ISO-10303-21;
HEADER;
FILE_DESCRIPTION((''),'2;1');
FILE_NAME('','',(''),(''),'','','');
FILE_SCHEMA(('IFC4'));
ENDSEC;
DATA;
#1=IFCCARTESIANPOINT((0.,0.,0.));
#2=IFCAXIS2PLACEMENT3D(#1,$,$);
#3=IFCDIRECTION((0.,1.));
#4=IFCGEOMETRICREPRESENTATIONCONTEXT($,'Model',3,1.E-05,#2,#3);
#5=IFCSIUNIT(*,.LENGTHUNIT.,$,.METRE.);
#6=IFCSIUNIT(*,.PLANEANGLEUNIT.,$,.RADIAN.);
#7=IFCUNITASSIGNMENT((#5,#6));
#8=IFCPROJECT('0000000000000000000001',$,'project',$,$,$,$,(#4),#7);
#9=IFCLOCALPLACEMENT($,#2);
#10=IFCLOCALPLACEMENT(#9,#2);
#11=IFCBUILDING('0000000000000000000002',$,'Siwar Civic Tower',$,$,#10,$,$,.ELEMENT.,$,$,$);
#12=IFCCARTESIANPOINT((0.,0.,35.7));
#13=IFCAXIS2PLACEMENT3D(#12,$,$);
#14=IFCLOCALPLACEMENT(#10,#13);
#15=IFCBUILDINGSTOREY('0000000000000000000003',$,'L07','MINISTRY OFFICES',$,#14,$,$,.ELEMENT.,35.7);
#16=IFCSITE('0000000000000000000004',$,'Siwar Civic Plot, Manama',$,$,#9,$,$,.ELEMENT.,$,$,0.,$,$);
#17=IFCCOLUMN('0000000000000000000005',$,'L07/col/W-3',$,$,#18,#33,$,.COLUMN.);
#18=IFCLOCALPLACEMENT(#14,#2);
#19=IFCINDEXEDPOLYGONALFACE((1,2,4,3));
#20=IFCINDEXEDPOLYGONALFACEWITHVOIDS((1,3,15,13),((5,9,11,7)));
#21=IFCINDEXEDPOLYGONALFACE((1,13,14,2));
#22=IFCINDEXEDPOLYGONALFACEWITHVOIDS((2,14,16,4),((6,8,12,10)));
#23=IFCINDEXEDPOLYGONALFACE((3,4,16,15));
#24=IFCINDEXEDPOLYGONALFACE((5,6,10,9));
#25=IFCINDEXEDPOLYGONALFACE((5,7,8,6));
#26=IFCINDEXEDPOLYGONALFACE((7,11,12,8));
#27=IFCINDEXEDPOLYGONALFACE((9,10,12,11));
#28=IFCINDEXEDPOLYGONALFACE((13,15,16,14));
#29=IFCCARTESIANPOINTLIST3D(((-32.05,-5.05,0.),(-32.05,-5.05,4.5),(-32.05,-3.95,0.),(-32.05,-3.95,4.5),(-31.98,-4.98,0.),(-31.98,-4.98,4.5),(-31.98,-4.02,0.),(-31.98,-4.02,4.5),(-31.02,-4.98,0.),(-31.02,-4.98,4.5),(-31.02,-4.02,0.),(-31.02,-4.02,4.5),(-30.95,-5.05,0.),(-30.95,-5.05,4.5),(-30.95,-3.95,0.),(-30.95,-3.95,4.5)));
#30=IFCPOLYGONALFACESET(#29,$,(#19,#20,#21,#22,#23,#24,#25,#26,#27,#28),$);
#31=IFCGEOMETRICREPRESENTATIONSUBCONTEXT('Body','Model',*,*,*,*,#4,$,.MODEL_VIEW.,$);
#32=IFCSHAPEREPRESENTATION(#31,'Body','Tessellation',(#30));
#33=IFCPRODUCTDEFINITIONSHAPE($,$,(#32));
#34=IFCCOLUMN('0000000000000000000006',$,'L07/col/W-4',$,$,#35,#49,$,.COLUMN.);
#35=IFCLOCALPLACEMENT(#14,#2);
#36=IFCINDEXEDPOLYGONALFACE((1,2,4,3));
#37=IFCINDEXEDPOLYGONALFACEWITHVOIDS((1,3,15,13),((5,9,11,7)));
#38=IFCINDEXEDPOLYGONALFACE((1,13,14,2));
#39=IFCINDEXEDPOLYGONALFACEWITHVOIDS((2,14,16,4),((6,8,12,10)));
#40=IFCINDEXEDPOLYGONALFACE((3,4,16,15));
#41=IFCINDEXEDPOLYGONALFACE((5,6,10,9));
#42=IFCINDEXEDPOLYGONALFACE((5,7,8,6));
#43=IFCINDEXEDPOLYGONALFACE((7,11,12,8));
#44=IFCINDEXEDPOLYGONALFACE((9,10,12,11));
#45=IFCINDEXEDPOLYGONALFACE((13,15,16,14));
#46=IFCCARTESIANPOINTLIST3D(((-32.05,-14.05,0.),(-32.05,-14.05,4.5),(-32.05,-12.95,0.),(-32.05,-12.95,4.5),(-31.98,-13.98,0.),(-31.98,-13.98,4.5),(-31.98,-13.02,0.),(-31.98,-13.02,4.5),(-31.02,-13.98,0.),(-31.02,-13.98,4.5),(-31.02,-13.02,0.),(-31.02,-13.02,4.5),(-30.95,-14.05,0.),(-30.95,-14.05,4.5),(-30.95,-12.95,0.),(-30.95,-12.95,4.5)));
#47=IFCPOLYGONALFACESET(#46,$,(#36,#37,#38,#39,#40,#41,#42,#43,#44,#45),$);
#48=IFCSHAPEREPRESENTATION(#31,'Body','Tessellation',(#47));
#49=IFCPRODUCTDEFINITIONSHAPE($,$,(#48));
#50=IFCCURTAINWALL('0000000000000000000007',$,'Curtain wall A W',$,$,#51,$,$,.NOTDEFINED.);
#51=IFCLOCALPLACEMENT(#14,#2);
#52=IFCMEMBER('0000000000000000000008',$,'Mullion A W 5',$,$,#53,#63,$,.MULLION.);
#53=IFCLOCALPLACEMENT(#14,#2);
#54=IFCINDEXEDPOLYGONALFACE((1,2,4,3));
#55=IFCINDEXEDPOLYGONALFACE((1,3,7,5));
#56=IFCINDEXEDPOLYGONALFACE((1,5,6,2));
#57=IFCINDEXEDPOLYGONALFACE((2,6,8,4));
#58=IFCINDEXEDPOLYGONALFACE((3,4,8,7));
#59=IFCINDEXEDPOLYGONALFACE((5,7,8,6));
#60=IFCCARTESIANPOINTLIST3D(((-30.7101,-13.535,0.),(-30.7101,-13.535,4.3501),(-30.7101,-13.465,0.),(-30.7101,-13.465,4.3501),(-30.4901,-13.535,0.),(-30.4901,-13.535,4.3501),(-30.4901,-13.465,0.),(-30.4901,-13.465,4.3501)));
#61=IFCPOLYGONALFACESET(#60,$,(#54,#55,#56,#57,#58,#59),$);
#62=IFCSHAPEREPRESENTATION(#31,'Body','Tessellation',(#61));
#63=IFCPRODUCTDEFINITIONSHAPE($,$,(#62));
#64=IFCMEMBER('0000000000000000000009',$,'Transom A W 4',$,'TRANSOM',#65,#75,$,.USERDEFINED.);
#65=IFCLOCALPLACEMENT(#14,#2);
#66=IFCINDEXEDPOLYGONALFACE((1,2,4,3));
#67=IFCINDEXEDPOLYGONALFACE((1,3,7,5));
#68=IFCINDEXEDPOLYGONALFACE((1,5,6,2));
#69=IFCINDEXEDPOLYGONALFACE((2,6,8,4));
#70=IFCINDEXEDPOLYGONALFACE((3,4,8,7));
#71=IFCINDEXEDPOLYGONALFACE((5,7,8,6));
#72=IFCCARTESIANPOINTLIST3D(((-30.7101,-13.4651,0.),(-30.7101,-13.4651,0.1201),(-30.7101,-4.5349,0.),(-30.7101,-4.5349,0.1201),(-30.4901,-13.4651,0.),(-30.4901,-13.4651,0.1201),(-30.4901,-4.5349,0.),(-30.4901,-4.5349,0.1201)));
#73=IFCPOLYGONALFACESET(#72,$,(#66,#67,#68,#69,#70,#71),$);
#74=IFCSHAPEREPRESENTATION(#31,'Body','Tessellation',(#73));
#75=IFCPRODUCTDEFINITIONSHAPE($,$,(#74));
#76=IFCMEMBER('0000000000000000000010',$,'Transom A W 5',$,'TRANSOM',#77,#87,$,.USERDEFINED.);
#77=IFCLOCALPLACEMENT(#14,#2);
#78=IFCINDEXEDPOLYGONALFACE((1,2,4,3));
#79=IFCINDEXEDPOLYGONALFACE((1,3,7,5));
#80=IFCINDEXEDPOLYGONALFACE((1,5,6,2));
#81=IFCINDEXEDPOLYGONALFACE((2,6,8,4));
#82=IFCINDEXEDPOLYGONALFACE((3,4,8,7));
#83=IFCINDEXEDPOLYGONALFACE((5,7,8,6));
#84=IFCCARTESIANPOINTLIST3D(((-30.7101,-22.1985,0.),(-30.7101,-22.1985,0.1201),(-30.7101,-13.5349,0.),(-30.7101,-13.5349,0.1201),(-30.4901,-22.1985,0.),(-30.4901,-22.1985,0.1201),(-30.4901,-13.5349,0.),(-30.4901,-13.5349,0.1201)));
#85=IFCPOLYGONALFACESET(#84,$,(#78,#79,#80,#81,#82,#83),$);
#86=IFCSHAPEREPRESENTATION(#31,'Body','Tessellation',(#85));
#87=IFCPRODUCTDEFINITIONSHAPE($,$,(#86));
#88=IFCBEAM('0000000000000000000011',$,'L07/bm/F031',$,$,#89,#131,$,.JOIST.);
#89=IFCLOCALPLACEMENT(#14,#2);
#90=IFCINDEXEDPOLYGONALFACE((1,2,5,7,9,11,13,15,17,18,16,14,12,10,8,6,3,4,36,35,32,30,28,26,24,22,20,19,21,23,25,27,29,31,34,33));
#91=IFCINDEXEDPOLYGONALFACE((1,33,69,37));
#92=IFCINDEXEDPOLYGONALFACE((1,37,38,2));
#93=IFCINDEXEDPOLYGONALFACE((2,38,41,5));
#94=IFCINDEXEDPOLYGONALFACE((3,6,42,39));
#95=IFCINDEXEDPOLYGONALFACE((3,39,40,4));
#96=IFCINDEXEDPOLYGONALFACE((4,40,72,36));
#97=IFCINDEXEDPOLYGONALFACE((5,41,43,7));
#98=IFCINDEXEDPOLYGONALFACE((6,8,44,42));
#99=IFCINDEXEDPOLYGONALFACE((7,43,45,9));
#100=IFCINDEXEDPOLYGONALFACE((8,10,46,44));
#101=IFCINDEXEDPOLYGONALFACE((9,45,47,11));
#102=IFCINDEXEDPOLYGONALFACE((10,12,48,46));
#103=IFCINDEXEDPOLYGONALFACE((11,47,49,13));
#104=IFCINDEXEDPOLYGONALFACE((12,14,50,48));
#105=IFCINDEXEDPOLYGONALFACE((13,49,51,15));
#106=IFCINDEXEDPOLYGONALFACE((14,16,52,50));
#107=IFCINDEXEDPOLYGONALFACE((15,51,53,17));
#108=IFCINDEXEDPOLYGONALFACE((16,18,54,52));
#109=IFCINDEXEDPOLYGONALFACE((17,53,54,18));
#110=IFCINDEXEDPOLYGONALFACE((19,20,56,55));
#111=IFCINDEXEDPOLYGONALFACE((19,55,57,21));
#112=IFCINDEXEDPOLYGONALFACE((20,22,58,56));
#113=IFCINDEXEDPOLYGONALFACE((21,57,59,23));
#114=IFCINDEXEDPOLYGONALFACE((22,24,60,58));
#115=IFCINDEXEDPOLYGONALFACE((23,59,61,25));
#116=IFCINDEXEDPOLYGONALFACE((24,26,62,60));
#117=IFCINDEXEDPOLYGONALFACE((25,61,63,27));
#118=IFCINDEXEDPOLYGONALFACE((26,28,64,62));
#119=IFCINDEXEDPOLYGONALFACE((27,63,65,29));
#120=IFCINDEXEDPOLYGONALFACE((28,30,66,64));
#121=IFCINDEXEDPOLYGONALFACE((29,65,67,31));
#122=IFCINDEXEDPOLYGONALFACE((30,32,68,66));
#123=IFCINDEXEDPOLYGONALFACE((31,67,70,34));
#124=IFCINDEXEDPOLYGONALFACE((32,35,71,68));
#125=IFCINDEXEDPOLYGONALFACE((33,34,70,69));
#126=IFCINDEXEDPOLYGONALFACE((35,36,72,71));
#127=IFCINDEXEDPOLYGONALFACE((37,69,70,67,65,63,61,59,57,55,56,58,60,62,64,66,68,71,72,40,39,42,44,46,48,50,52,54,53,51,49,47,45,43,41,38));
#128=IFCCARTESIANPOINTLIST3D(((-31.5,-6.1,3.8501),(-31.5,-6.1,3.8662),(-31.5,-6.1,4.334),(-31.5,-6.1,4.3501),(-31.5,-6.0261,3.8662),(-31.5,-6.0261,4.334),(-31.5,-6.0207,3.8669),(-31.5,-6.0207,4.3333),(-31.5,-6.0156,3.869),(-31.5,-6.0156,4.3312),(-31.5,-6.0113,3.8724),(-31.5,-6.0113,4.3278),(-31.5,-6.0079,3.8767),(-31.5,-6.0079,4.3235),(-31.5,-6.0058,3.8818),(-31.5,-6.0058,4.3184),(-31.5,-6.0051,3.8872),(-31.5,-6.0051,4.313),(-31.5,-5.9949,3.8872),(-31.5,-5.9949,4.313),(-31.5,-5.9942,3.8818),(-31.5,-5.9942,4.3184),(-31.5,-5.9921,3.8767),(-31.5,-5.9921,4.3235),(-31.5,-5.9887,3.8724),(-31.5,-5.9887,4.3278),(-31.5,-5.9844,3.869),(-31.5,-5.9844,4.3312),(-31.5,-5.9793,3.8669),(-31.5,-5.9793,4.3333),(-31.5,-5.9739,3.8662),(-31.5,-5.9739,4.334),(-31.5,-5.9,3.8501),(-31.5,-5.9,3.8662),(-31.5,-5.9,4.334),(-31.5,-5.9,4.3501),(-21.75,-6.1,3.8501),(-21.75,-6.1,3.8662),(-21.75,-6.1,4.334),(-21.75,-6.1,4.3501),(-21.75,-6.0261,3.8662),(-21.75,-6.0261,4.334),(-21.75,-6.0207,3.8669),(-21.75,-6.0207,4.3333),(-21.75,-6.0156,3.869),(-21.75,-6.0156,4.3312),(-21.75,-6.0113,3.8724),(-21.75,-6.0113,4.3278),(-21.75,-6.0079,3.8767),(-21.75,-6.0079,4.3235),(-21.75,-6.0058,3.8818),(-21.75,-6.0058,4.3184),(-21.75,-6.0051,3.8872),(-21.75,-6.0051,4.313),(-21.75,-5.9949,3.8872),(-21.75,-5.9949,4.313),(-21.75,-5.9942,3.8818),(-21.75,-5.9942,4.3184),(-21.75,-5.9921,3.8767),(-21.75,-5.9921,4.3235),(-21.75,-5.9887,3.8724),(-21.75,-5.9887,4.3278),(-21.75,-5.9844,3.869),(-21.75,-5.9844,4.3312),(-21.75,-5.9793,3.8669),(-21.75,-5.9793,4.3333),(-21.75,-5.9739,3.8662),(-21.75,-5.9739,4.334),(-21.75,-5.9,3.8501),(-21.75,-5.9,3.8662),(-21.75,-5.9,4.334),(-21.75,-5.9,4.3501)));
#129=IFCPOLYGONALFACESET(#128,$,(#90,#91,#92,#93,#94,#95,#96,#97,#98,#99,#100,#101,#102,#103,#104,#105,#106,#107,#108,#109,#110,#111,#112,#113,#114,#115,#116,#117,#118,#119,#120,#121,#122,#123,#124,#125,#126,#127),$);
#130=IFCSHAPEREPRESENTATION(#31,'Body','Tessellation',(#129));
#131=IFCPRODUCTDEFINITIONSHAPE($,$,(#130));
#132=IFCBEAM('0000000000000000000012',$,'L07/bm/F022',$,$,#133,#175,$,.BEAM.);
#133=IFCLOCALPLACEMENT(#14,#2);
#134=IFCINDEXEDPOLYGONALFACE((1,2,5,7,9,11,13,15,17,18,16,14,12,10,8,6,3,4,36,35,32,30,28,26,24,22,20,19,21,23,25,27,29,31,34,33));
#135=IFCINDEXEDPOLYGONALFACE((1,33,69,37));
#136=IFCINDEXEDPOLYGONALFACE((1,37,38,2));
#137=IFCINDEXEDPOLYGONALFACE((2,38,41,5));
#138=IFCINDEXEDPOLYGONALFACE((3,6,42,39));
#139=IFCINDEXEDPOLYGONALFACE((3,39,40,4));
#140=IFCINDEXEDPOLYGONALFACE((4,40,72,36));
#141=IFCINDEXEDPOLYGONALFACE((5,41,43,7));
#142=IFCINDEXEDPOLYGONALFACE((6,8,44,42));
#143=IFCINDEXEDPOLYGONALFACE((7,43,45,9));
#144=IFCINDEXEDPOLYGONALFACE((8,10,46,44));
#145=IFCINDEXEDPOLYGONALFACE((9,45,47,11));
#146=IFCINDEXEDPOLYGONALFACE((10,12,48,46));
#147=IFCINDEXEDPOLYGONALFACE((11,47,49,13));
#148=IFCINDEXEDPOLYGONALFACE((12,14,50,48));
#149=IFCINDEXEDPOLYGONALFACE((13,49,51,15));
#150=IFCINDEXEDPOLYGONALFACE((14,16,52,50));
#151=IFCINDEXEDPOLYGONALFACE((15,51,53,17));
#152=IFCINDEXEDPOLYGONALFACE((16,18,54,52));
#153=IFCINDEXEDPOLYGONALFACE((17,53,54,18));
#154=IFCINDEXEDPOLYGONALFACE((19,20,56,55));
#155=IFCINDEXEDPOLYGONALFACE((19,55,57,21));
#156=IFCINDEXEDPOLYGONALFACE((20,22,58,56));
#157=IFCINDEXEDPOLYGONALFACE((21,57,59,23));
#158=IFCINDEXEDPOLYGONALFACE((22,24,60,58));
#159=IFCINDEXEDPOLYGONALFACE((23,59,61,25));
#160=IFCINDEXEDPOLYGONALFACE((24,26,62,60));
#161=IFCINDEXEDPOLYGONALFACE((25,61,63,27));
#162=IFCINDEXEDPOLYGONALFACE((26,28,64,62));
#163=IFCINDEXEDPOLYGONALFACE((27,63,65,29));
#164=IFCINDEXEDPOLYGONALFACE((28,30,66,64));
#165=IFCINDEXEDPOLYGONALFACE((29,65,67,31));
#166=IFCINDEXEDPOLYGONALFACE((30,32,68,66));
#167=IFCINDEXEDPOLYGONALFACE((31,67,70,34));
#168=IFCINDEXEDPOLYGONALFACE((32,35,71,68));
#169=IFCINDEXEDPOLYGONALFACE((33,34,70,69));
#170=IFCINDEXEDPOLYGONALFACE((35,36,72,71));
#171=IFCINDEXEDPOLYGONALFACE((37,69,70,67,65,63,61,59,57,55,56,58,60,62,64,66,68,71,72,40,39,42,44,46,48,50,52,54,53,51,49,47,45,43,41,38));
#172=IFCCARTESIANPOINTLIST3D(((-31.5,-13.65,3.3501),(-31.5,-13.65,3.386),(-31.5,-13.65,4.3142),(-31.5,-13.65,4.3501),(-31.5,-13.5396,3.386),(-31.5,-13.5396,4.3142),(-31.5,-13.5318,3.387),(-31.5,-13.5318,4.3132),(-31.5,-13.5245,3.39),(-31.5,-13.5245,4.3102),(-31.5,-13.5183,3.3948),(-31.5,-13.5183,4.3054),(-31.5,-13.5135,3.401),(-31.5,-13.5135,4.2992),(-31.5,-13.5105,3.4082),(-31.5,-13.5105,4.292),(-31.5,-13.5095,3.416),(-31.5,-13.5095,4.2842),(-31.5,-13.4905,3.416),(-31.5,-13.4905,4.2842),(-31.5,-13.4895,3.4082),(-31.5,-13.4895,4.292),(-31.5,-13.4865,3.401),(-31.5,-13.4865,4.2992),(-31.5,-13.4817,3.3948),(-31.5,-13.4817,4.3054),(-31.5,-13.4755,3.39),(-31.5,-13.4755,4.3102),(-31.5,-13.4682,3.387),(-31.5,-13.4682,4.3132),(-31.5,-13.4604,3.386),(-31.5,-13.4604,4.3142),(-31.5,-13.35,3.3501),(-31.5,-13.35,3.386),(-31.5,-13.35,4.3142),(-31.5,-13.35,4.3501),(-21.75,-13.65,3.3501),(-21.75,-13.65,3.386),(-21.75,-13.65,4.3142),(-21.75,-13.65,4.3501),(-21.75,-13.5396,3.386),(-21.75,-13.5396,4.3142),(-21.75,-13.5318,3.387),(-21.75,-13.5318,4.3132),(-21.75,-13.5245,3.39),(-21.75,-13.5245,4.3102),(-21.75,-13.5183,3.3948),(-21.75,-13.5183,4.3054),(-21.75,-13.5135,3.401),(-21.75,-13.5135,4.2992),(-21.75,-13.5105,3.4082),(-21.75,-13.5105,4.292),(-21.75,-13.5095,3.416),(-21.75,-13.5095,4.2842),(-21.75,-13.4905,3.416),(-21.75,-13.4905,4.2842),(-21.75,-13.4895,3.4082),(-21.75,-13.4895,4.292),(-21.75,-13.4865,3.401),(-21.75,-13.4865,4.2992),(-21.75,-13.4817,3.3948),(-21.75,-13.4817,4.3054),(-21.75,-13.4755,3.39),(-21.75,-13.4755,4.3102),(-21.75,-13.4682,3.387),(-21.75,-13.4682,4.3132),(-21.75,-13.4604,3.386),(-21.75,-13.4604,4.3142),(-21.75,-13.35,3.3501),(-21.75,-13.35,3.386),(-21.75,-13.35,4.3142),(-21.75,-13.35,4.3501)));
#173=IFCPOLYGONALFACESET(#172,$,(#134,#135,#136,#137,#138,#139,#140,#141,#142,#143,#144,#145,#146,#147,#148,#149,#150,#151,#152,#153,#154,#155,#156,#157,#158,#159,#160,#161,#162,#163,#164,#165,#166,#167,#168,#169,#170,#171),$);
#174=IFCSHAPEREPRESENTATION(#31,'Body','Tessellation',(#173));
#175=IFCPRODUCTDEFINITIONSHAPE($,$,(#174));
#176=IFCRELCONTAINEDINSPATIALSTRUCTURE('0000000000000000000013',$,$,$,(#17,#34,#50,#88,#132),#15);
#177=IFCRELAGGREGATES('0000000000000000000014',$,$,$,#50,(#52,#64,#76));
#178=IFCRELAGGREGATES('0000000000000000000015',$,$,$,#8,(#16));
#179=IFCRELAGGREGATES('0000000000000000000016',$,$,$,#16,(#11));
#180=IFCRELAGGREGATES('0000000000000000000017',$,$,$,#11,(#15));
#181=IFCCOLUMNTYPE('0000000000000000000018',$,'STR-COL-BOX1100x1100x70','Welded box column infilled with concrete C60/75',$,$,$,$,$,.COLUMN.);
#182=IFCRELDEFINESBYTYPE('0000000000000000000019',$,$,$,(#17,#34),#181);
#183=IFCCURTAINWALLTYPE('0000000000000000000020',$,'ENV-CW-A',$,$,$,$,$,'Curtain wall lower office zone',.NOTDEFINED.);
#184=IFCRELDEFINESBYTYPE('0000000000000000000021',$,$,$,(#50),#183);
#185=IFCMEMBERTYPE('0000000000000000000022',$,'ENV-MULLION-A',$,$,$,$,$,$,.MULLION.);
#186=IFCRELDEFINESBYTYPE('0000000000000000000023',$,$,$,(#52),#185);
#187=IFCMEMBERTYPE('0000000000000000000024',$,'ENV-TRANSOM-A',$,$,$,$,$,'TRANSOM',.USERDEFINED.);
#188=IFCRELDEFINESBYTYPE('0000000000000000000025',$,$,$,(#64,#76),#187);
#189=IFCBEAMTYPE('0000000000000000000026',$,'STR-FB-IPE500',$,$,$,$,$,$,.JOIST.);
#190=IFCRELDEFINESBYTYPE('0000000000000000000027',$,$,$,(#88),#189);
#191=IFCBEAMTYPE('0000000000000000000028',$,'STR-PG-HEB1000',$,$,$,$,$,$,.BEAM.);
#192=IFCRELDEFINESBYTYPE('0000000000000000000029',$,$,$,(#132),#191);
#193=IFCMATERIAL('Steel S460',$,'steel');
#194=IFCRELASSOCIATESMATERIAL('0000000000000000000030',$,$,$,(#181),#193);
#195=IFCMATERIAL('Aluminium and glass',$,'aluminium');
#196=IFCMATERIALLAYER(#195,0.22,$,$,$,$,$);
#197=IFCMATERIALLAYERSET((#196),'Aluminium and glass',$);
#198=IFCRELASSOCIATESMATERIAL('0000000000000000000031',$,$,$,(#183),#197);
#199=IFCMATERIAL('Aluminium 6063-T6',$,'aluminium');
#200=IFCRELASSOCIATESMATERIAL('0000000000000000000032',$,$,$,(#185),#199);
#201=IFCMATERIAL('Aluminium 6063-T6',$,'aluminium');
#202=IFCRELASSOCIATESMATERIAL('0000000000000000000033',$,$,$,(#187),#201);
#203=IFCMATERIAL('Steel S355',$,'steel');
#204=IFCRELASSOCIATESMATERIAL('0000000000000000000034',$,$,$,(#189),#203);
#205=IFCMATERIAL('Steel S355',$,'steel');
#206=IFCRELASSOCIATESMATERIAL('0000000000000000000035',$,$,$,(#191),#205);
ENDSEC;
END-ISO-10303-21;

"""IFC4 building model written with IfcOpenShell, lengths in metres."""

from ifc_helpers import new_model, si_unit, direction, frame, origin, origin_2d, place, context, subcontext, project, spatial, rectangle, hollow_rectangle, i_section, extrude, material, layer, layer_set, material_profile, profile_set, type_object, element, aggregate, save


model = new_model("IFC4")

# Units and contexts
model_context = context("Model", 3, precision=1e-05, world=origin(), true_north=direction((0.0, 1.0)))
body_context = subcontext(model_context, "Body", "Model", "MODEL_VIEW")
ifc_project = project(units=[si_unit("LENGTHUNIT", "METRE"), si_unit("PLANEANGLEUNIT", "RADIAN")], contexts=[model_context])

# Site, building, storey
site_placement = place(None, origin())
site = spatial("IfcSite", under=ifc_project, at=site_placement, Name="Siwar Civic Plot, Manama", CompositionType="ELEMENT", RefElevation=0.0)
building_placement = place(site_placement, origin())
building = spatial("IfcBuilding", under=site, at=building_placement, Name="Siwar Civic Tower", CompositionType="ELEMENT")
storey_placement = place(building_placement, frame((0.0, 0.0, 35.7)))
storey = spatial("IfcBuildingStorey", under=building, at=storey_placement, Name="L07", Description="MINISTRY OFFICES", CompositionType="ELEMENT", Elevation=35.7)

# Columns
ifc_material_1 = material(Name="Steel S460", Category="steel")
ifc_material_profile_1 = material_profile(ifc_material_1, hollow_rectangle(XDim=1.1001, YDim=1.1001, WallThickness=0.0701, at=origin_2d()), Name="BOX1100x1100x70")
ifc_profile_set_1 = profile_set([ifc_material_profile_1], Name="Steel S460")
column_type = type_object("IfcColumnType", Name="STR-COL-BOX1100x1100x70", Description="Welded box column infilled with concrete C60/75", PredefinedType="COLUMN", material=ifc_profile_set_1)
for number, where, z_axis, x_axis, name in (
    (1, (-31.5, -4.5, 0.0), (0.0, 0.0, 1.0), (1.0, 0.0, 0.0), "L07/col/W-3"),
    (2, (-31.5, -13.5, 0.0), (0.0, 0.0, 1.0), (1.0, 0.0, 0.0), "L07/col/W-4"),
):
    element("IfcColumn", number, at=place(storey_placement, frame(where, z_axis=z_axis, x_axis=x_axis)), inside=storey, type_object=column_type, Name=name, PredefinedType="COLUMN", context=body_context, shape_type="SweptSolid", body=[
        extrude(hollow_rectangle(XDim=1.1001, YDim=1.1001, WallThickness=0.0701, at=origin_2d()), origin(), (0.0, 0.0, 1.0), 4.5),
    ])

# Curtain wall, members
ifc_material_2 = material(Name="Aluminium and glass", Category="aluminium")
ifc_layer_1 = layer(ifc_material_2, 0.22)
ifc_layer_set_1 = layer_set([ifc_layer_1], Name="Aluminium and glass")
curtain_wall_type = type_object("IfcCurtainWallType", Name="ENV-CW-A", ElementType="Curtain wall lower office zone", PredefinedType="NOTDEFINED", material=ifc_layer_set_1)
curtain_wall_placement = place(storey_placement, origin())
curtain_wall = element("IfcCurtainWall", 3, at=curtain_wall_placement, inside=storey, type_object=curtain_wall_type, Name="Curtain wall A W", PredefinedType="NOTDEFINED")
ifc_material_3 = material(Name="Aluminium 6063-T6", Category="aluminium")
ifc_material_profile_2 = material_profile(ifc_material_3, rectangle(XDim=0.22, YDim=0.0701, at=origin_2d()), Name="AL 220x70")
ifc_profile_set_2 = profile_set([ifc_material_profile_2], Name="Aluminium 6063-T6")
member_type_1 = type_object("IfcMemberType", Name="ENV-MULLION-A", PredefinedType="MULLION", material=ifc_profile_set_2)
member_1_placement = place(storey_placement, frame((-30.6001, -13.5, 0.0), z_axis=(0.0, 0.0, 1.0), x_axis=(1.0, 0.0, 0.0)))
member_1 = element("IfcMember", 4, at=member_1_placement, type_object=member_type_1, Name="Mullion A W 5", PredefinedType="MULLION", context=body_context, shape_type="SweptSolid", body=[
    extrude(rectangle(XDim=0.22, YDim=0.0701, at=origin_2d()), origin(), (0.0, 0.0, 1.0), 4.3501),
])
ifc_material_4 = material(Name="Aluminium 6063-T6", Category="aluminium")
ifc_material_profile_3 = material_profile(ifc_material_4, rectangle(XDim=0.22, YDim=0.1201, at=origin_2d()), Name="AL 220x120")
ifc_profile_set_3 = profile_set([ifc_material_profile_3], Name="Aluminium 6063-T6")
member_type_2 = type_object("IfcMemberType", Name="ENV-TRANSOM-A", ElementType="TRANSOM", PredefinedType="USERDEFINED", material=ifc_profile_set_3)
member_2_placement = place(storey_placement, frame((-30.6001, -4.5349, 0.0601), z_axis=(0.0, -1.0, 0.0), x_axis=(1.0, 0.0, 0.0)))
member_2 = element("IfcMember", 5, at=member_2_placement, type_object=member_type_2, Name="Transom A W 4", ObjectType="TRANSOM", PredefinedType="USERDEFINED", context=body_context, shape_type="SweptSolid", body=[
    extrude(rectangle(XDim=0.22, YDim=0.1201, at=origin_2d()), origin(), (0.0, 0.0, 1.0), 8.9302),
])
member_3_placement = place(storey_placement, frame((-30.6001, -13.5349, 0.0601), z_axis=(0.0, -1.0, 0.0), x_axis=(1.0, 0.0, 0.0)))
member_3 = element("IfcMember", 6, at=member_3_placement, type_object=member_type_2, Name="Transom A W 5", ObjectType="TRANSOM", PredefinedType="USERDEFINED", context=body_context, shape_type="SweptSolid", body=[
    extrude(rectangle(XDim=0.22, YDim=0.1201, at=origin_2d()), origin(), (0.0, 0.0, 1.0), 8.6636),
])

# Beams
ifc_material_5 = material(Name="Steel S355", Category="steel")
ifc_material_profile_4 = material_profile(ifc_material_5, i_section(OverallWidth=0.2, OverallDepth=0.5, WebThickness=0.0103, FlangeThickness=0.0161, FilletRadius=0.021, at=origin_2d()), Name="IPE500")
ifc_profile_set_4 = profile_set([ifc_material_profile_4], Name="Steel S355")
beam_type_1 = type_object("IfcBeamType", Name="STR-FB-IPE500", PredefinedType="JOIST", material=ifc_profile_set_4)
beam_1_placement = place(storey_placement, frame((-31.5, -6.0, 4.1001), z_axis=(1.0, 0.0, 0.0), x_axis=(0.0, 1.0, 0.0)))
element("IfcBeam", 7, at=beam_1_placement, inside=storey, type_object=beam_type_1, Name="L07/bm/F031", PredefinedType="JOIST", context=body_context, shape_type="SweptSolid", body=[
    extrude(i_section(OverallWidth=0.2, OverallDepth=0.5, WebThickness=0.0103, FlangeThickness=0.0161, FilletRadius=0.021, at=origin_2d()), origin(), (0.0, 0.0, 1.0), 9.75),
])
ifc_material_6 = material(Name="Steel S355", Category="steel")
ifc_material_profile_5 = material_profile(ifc_material_6, i_section(OverallWidth=0.3, OverallDepth=1.0, WebThickness=0.019, FlangeThickness=0.0359, FilletRadius=0.03, at=origin_2d()), Name="HEB1000")
ifc_profile_set_5 = profile_set([ifc_material_profile_5], Name="Steel S355")
beam_type_2 = type_object("IfcBeamType", Name="STR-PG-HEB1000", PredefinedType="BEAM", material=ifc_profile_set_5)
beam_2_placement = place(storey_placement, frame((-31.5, -13.5, 3.8501), z_axis=(1.0, 0.0, 0.0), x_axis=(0.0, 1.0, 0.0)))
element("IfcBeam", 8, at=beam_2_placement, inside=storey, type_object=beam_type_2, Name="L07/bm/F022", PredefinedType="BEAM", context=body_context, shape_type="SweptSolid", body=[
    extrude(i_section(OverallWidth=0.3, OverallDepth=1.0, WebThickness=0.019, FlangeThickness=0.0359, FilletRadius=0.03, at=origin_2d()), origin(), (0.0, 0.0, 1.0), 9.75),
])

aggregate(curtain_wall, [member_1, member_2, member_3])

save(model, "model.ifc")
